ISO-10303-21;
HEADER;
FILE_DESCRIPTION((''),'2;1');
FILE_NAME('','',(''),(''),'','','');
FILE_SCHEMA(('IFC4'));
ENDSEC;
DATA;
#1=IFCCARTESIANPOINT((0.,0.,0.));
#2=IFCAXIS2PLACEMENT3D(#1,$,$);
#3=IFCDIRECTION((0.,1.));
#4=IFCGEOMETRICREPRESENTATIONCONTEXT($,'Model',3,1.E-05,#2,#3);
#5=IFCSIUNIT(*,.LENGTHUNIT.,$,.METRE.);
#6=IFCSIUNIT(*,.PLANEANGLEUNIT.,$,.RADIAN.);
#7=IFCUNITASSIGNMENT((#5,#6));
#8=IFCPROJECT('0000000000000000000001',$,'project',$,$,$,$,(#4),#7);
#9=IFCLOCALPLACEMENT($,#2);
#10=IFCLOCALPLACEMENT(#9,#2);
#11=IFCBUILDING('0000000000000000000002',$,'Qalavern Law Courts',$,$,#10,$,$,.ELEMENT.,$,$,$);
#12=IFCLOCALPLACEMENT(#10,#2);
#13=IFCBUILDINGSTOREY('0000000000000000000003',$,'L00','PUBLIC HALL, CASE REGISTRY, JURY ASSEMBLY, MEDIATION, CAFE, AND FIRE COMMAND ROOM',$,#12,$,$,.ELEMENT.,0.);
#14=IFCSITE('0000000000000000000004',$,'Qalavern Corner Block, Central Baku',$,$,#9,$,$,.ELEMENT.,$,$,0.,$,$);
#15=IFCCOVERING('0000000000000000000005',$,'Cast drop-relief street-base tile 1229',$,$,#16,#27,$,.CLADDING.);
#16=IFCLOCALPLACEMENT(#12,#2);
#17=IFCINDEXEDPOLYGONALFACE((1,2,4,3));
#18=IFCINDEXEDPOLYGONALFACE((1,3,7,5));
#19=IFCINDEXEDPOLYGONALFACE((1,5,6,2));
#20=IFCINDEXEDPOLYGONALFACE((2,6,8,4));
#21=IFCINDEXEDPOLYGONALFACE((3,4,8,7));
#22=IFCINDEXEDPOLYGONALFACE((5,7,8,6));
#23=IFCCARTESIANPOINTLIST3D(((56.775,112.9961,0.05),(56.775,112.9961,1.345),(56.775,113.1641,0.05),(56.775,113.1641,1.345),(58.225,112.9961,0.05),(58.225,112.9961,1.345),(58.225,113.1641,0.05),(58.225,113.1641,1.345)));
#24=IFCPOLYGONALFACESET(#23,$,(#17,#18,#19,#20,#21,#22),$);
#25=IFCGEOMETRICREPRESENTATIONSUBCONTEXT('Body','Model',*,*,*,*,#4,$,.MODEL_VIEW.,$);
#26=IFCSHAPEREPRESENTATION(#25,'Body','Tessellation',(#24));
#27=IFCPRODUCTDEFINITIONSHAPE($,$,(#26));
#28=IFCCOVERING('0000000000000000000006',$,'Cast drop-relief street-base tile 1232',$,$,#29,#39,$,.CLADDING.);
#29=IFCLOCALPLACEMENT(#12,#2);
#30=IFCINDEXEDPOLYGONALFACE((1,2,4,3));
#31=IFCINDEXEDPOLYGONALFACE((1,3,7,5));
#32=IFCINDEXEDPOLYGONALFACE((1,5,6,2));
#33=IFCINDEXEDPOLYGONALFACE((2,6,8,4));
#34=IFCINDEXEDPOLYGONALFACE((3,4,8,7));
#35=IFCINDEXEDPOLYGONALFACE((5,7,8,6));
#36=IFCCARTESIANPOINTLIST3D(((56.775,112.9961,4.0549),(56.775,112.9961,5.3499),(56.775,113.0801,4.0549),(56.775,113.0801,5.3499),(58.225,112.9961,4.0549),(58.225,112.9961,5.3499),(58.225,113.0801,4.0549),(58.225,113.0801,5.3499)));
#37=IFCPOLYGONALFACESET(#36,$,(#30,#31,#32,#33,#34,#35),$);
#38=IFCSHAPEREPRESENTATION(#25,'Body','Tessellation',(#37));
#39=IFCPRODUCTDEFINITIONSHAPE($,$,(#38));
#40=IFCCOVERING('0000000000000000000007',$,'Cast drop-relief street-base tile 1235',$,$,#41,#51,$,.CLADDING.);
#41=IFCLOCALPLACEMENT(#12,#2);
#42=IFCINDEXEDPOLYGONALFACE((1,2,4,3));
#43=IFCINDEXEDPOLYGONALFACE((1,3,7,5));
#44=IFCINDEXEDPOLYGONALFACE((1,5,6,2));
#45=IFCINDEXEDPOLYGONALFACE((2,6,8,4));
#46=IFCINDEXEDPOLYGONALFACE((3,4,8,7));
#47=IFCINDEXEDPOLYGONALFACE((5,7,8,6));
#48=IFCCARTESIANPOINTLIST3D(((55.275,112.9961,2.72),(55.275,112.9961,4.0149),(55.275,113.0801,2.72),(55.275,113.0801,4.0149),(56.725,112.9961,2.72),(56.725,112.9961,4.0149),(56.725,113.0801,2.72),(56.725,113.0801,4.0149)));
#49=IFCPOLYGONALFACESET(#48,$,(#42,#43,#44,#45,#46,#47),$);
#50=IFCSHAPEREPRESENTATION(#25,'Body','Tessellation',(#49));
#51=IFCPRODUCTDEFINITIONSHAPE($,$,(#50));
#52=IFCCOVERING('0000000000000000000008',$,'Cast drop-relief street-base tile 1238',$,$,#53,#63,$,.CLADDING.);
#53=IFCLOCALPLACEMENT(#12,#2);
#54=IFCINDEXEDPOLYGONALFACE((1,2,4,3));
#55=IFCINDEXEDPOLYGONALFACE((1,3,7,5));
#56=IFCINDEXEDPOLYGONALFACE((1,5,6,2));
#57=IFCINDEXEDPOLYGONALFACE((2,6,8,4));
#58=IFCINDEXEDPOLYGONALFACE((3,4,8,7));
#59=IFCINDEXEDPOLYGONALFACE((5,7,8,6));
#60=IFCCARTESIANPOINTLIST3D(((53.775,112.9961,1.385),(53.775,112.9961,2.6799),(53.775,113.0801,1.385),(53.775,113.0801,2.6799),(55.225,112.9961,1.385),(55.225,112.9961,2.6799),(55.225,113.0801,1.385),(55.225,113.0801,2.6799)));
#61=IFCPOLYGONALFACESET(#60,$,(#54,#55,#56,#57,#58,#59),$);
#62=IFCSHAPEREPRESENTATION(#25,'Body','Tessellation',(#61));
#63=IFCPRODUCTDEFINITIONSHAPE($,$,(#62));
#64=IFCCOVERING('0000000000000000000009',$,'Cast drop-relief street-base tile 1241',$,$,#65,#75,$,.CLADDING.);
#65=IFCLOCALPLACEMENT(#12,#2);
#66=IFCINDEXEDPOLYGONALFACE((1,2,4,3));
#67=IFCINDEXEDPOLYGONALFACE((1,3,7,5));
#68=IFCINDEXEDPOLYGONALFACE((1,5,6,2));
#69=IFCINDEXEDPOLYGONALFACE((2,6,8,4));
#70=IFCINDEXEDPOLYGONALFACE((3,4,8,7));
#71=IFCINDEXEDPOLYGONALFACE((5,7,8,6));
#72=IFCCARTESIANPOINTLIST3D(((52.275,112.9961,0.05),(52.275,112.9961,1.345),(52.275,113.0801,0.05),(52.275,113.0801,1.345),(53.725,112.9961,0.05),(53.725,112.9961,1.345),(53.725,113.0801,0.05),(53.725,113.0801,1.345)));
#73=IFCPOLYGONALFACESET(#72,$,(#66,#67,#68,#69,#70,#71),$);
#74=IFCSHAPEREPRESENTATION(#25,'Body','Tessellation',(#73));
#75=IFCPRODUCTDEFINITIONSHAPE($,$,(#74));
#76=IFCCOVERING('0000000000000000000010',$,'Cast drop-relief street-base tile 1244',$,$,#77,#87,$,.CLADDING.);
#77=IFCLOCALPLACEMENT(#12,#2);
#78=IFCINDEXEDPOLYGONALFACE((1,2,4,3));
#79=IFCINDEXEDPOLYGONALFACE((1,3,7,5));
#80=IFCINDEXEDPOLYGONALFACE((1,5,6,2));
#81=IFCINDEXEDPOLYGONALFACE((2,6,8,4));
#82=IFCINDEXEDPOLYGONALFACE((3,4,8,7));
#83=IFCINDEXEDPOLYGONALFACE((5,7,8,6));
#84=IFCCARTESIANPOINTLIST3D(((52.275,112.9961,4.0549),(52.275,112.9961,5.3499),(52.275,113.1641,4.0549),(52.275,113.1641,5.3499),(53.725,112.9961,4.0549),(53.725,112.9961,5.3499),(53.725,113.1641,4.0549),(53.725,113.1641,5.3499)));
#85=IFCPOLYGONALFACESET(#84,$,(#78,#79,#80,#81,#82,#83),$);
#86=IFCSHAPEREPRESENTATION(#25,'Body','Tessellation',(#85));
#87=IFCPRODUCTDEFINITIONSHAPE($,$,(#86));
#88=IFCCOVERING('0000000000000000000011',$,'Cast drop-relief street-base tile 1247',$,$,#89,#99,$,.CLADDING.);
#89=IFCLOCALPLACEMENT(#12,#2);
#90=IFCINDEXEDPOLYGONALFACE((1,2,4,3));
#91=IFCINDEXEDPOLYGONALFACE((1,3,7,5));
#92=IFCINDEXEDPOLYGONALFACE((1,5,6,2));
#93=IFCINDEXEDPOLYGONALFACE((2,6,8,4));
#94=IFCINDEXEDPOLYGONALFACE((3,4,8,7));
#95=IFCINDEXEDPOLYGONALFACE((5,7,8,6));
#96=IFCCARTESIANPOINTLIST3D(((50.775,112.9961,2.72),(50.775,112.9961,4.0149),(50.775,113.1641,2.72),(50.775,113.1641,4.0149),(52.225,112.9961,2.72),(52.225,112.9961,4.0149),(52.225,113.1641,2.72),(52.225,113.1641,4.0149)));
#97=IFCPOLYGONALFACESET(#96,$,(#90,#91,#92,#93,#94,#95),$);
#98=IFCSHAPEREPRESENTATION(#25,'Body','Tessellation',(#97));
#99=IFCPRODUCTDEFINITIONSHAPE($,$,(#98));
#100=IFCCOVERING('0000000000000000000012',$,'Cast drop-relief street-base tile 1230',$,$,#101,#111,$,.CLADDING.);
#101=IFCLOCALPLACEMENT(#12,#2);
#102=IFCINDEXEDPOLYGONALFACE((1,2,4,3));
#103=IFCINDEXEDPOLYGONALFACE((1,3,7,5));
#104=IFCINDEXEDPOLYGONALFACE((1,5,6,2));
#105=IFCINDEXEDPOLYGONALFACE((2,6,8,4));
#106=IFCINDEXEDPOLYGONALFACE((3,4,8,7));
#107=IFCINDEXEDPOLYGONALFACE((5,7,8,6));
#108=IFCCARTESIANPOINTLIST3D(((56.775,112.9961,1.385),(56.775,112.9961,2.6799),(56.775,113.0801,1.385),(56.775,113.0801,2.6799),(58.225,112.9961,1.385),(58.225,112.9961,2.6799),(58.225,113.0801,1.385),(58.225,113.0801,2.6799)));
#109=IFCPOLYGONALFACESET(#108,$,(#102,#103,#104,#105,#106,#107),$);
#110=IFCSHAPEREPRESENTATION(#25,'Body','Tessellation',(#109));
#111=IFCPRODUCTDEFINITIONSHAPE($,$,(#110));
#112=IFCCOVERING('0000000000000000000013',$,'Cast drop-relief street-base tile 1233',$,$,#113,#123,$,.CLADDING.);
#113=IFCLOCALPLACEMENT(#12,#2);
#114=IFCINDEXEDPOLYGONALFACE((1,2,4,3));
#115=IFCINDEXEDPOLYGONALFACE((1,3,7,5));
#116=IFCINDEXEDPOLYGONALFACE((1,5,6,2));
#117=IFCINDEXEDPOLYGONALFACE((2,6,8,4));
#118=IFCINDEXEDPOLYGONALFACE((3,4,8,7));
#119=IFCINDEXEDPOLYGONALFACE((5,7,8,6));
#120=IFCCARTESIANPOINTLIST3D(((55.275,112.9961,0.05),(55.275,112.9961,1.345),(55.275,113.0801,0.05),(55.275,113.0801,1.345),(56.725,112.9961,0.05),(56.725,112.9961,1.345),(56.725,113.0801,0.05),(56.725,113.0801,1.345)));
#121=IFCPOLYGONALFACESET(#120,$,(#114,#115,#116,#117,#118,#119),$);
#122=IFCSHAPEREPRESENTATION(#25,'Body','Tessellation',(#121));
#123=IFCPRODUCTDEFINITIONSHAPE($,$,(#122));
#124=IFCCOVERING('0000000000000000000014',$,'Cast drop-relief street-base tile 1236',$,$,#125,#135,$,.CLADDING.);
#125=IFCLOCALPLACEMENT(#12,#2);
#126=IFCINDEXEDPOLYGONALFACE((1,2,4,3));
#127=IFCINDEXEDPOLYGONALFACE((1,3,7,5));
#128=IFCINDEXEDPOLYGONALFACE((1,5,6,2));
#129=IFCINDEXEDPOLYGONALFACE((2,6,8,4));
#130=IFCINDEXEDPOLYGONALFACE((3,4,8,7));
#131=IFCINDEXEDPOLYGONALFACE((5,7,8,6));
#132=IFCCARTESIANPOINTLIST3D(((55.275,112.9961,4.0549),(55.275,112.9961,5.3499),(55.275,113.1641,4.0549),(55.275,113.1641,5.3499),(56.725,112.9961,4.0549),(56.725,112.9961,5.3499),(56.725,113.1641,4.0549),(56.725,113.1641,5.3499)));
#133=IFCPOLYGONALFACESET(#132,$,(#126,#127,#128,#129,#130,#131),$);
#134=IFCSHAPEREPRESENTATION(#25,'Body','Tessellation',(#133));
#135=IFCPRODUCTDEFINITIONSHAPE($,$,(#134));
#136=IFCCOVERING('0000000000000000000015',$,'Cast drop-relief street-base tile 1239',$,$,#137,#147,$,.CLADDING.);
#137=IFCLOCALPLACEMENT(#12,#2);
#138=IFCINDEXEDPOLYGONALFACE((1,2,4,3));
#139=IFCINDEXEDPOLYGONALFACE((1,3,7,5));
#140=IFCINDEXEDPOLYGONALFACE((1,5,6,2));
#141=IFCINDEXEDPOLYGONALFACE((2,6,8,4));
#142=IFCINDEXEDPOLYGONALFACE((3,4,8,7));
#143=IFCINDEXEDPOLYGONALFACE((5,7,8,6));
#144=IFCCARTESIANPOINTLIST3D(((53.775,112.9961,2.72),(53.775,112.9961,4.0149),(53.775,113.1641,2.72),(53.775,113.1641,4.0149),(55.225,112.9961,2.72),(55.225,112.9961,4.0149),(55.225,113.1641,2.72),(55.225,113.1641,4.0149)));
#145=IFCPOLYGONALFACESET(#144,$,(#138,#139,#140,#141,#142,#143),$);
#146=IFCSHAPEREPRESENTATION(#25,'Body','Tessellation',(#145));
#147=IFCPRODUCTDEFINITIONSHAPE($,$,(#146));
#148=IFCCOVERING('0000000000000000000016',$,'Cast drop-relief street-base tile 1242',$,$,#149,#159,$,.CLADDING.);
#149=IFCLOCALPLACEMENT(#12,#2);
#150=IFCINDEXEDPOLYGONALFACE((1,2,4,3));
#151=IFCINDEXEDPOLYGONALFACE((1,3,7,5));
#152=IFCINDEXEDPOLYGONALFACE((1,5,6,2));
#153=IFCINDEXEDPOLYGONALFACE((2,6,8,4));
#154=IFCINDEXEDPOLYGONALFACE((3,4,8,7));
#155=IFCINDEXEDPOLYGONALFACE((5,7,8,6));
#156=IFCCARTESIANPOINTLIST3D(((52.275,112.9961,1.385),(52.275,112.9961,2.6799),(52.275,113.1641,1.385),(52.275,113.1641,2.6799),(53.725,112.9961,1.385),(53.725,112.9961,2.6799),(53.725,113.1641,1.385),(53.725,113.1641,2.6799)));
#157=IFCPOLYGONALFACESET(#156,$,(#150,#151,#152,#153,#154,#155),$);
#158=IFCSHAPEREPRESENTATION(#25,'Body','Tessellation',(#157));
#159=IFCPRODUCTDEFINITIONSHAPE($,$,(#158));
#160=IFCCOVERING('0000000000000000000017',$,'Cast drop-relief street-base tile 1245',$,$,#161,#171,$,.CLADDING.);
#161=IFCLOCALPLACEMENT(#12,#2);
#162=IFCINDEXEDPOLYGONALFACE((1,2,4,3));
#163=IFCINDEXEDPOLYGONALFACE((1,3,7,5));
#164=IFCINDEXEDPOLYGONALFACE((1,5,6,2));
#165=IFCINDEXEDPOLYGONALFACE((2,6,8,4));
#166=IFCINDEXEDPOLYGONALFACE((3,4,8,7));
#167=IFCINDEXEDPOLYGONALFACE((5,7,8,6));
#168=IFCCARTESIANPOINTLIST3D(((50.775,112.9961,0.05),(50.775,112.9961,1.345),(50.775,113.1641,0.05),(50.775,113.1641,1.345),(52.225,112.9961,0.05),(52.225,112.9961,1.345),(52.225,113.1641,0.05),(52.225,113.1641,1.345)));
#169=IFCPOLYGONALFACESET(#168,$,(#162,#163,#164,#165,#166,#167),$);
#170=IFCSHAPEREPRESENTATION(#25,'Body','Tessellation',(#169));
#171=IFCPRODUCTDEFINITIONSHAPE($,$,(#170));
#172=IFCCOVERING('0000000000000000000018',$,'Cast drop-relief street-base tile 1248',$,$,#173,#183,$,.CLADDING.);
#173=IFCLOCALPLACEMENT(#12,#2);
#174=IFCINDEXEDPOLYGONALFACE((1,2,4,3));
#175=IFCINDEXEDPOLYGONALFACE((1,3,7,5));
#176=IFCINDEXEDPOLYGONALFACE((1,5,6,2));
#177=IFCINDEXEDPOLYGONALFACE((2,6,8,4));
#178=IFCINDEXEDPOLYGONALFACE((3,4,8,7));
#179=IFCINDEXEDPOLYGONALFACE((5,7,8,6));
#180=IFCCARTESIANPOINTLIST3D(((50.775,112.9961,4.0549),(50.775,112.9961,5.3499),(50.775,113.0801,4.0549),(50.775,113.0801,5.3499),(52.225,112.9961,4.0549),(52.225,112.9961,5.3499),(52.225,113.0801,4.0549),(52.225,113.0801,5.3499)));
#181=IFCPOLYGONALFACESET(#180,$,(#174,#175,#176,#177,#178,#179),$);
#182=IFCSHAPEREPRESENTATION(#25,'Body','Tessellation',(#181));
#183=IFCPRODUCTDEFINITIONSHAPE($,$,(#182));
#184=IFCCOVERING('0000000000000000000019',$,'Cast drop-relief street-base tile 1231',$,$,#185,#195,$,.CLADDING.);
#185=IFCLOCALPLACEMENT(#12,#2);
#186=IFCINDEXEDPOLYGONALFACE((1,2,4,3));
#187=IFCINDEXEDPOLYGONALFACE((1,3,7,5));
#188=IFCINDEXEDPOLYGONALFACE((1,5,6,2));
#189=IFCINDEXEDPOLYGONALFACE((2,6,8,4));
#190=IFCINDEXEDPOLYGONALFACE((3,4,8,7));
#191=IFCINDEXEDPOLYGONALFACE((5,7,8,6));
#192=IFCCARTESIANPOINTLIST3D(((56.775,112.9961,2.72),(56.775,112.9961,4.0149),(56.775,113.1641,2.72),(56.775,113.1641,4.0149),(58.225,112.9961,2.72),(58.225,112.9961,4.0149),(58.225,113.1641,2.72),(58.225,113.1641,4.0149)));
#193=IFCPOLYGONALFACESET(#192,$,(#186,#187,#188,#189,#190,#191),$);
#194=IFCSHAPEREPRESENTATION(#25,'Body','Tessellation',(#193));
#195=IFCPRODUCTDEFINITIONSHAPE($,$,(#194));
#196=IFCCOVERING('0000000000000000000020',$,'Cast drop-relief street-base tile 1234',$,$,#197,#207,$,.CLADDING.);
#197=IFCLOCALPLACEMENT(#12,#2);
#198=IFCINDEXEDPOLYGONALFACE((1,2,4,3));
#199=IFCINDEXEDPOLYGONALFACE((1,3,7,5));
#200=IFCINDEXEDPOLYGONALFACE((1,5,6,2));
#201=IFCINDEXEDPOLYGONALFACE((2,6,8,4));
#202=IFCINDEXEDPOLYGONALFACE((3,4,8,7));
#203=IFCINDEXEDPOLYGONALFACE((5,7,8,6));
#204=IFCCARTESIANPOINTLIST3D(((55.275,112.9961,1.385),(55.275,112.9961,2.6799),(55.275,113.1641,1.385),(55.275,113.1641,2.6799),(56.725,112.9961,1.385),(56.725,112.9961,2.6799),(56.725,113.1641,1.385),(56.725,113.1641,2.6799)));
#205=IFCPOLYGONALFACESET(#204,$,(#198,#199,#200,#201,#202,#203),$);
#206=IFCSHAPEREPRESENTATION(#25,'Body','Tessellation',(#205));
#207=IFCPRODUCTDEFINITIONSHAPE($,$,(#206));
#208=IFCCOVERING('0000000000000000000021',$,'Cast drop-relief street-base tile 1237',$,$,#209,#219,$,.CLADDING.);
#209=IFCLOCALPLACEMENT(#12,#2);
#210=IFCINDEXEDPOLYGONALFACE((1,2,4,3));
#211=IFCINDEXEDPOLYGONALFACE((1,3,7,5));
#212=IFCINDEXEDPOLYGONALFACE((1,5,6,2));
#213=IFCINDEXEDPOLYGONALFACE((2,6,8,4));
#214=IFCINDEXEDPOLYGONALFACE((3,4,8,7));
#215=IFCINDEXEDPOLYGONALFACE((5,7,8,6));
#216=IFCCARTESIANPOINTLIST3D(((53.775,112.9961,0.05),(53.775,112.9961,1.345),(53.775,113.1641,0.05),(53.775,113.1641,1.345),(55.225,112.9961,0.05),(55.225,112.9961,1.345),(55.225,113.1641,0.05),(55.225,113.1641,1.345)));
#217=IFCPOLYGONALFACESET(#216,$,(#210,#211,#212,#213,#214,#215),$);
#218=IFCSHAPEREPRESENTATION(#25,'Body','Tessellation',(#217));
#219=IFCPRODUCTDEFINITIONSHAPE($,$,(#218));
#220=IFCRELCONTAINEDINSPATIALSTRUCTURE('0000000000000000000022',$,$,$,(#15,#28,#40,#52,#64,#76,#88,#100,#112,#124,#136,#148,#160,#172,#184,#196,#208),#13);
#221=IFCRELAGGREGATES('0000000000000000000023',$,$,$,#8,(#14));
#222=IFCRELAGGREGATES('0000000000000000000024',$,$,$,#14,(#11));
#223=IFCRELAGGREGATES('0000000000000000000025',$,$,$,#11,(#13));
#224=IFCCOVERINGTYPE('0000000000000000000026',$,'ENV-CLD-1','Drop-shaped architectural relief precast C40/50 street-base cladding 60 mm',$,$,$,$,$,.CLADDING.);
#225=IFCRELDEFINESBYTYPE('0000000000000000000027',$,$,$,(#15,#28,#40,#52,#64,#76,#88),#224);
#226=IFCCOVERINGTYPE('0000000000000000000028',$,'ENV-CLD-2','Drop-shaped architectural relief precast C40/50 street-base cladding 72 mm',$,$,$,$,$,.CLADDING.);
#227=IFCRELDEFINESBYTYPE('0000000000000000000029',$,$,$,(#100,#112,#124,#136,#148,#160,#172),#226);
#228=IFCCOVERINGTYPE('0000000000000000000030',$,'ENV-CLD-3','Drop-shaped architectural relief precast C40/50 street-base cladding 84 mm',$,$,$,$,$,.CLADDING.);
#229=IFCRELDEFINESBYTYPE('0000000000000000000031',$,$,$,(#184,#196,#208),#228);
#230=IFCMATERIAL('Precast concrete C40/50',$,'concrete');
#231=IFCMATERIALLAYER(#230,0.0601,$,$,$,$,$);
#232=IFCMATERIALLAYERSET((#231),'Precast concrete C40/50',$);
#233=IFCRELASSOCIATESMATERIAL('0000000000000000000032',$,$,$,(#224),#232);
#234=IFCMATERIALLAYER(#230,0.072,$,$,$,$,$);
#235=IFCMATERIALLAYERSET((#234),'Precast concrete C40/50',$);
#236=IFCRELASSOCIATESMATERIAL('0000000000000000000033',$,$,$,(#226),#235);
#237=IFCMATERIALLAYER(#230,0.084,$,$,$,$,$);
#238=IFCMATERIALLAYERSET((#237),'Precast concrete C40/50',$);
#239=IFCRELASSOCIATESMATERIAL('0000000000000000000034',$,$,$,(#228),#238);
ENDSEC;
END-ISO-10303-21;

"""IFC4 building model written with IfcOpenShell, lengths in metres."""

from ifc_helpers import new_model, si_unit, direction, frame, origin, origin_2d, place, context, subcontext, project, spatial, rectangle, extrude, material, layer, layer_set, type_object, element, save


model = new_model("IFC4")

# Units and contexts
model_context = context("Model", 3, precision=1e-05, world=origin(), true_north=direction((0.0, 1.0)))
body_context = subcontext(model_context, "Body", "Model", "MODEL_VIEW")
ifc_project = project(units=[si_unit("LENGTHUNIT", "METRE"), si_unit("PLANEANGLEUNIT", "RADIAN")], contexts=[model_context])

# Site, building, storey
site_placement = place(None, origin())
site = spatial("IfcSite", under=ifc_project, at=site_placement, Name="Qalavern Corner Block, Central Baku", CompositionType="ELEMENT", RefElevation=0.0)
building_placement = place(site_placement, origin())
building = spatial("IfcBuilding", under=site, at=building_placement, Name="Qalavern Law Courts", CompositionType="ELEMENT")
storey_placement = place(building_placement, origin())
storey = spatial("IfcBuildingStorey", under=building, at=storey_placement, Name="L00", Description="PUBLIC HALL, CASE REGISTRY, JURY ASSEMBLY, MEDIATION, CAFE, AND FIRE COMMAND ROOM", CompositionType="ELEMENT", Elevation=0.0)

# Coverings
ifc_material = material(Name="Precast concrete C40/50", Category="concrete")
ifc_layer_1 = layer(ifc_material, 0.0601)
ifc_layer_set_1 = layer_set([ifc_layer_1], Name="Precast concrete C40/50")
covering_type_1 = type_object("IfcCoveringType", Name="ENV-CLD-1", Description="Drop-shaped architectural relief precast C40/50 street-base cladding 60 mm", PredefinedType="CLADDING", material=ifc_layer_set_1)
covering_1_placement = place(storey_placement, frame((57.5, 113.0801, 0.05), z_axis=(0.0, 0.0, 1.0), x_axis=(-1.0, 0.0, 0.0)))
element("IfcCovering", 1, at=covering_1_placement, inside=storey, type_object=covering_type_1, Name="Cast drop-relief street-base tile 1229", PredefinedType="CLADDING", context=body_context, shape_type="SweptSolid", body=[
    extrude(rectangle(XDim=1.45, YDim=0.168, at=origin_2d()), origin(), (0.0, 0.0, 1.0), 1.2949),
])
for number, where, z_axis, x_axis, name in (
    (2, (57.5, 113.0381, 4.0549), (0.0, 0.0, 1.0), (-1.0, 0.0, 0.0), "Cast drop-relief street-base tile 1232"),
    (3, (56.0, 113.0381, 2.72), (0.0, 0.0, 1.0), (-1.0, 0.0, 0.0), "Cast drop-relief street-base tile 1235"),
    (4, (54.5, 113.0381, 1.385), (0.0, 0.0, 1.0), (-1.0, 0.0, 0.0), "Cast drop-relief street-base tile 1238"),
    (5, (53.0, 113.0381, 0.05), (0.0, 0.0, 1.0), (-1.0, 0.0, 0.0), "Cast drop-relief street-base tile 1241"),
):
    element("IfcCovering", number, at=place(storey_placement, frame(where, z_axis=z_axis, x_axis=x_axis)), inside=storey, type_object=covering_type_1, Name=name, PredefinedType="CLADDING", context=body_context, shape_type="SweptSolid", body=[
        extrude(rectangle(XDim=1.45, YDim=0.084, at=origin_2d()), origin(), (0.0, 0.0, 1.0), 1.2949),
    ])
for number, where, z_axis, x_axis, name in (
    (6, (53.0, 113.0801, 4.0549), (0.0, 0.0, 1.0), (-1.0, 0.0, 0.0), "Cast drop-relief street-base tile 1244"),
    (7, (51.5, 113.0801, 2.72), (0.0, 0.0, 1.0), (-1.0, 0.0, 0.0), "Cast drop-relief street-base tile 1247"),
):
    element("IfcCovering", number, at=place(storey_placement, frame(where, z_axis=z_axis, x_axis=x_axis)), inside=storey, type_object=covering_type_1, Name=name, PredefinedType="CLADDING", context=body_context, shape_type="SweptSolid", body=[
        extrude(rectangle(XDim=1.45, YDim=0.168, at=origin_2d()), origin(), (0.0, 0.0, 1.0), 1.2949),
    ])
ifc_layer_2 = layer(ifc_material, 0.072)
ifc_layer_set_2 = layer_set([ifc_layer_2], Name="Precast concrete C40/50")
covering_type_2 = type_object("IfcCoveringType", Name="ENV-CLD-2", Description="Drop-shaped architectural relief precast C40/50 street-base cladding 72 mm", PredefinedType="CLADDING", material=ifc_layer_set_2)
for number, where, z_axis, x_axis, name in (
    (8, (57.5, 113.0381, 1.385), (0.0, 0.0, 1.0), (-1.0, 0.0, 0.0), "Cast drop-relief street-base tile 1230"),
    (9, (56.0, 113.0381, 0.05), (0.0, 0.0, 1.0), (-1.0, 0.0, 0.0), "Cast drop-relief street-base tile 1233"),
):
    element("IfcCovering", number, at=place(storey_placement, frame(where, z_axis=z_axis, x_axis=x_axis)), inside=storey, type_object=covering_type_2, Name=name, PredefinedType="CLADDING", context=body_context, shape_type="SweptSolid", body=[
        extrude(rectangle(XDim=1.45, YDim=0.084, at=origin_2d()), origin(), (0.0, 0.0, 1.0), 1.2949),
    ])
for number, where, z_axis, x_axis, name in (
    (10, (56.0, 113.0801, 4.0549), (0.0, 0.0, 1.0), (-1.0, 0.0, 0.0), "Cast drop-relief street-base tile 1236"),
    (11, (54.5, 113.0801, 2.72), (0.0, 0.0, 1.0), (-1.0, 0.0, 0.0), "Cast drop-relief street-base tile 1239"),
    (12, (53.0, 113.0801, 1.385), (0.0, 0.0, 1.0), (-1.0, 0.0, 0.0), "Cast drop-relief street-base tile 1242"),
    (13, (51.5, 113.0801, 0.05), (0.0, 0.0, 1.0), (-1.0, 0.0, 0.0), "Cast drop-relief street-base tile 1245"),
):
    element("IfcCovering", number, at=place(storey_placement, frame(where, z_axis=z_axis, x_axis=x_axis)), inside=storey, type_object=covering_type_2, Name=name, PredefinedType="CLADDING", context=body_context, shape_type="SweptSolid", body=[
        extrude(rectangle(XDim=1.45, YDim=0.168, at=origin_2d()), origin(), (0.0, 0.0, 1.0), 1.2949),
    ])
covering_2_placement = place(storey_placement, frame((51.5, 113.0381, 4.0549), z_axis=(0.0, 0.0, 1.0), x_axis=(-1.0, 0.0, 0.0)))
element("IfcCovering", 14, at=covering_2_placement, inside=storey, type_object=covering_type_2, Name="Cast drop-relief street-base tile 1248", PredefinedType="CLADDING", context=body_context, shape_type="SweptSolid", body=[
    extrude(rectangle(XDim=1.45, YDim=0.084, at=origin_2d()), origin(), (0.0, 0.0, 1.0), 1.2949),
])
ifc_layer_3 = layer(ifc_material, 0.084)
ifc_layer_set_3 = layer_set([ifc_layer_3], Name="Precast concrete C40/50")
covering_type_3 = type_object("IfcCoveringType", Name="ENV-CLD-3", Description="Drop-shaped architectural relief precast C40/50 street-base cladding 84 mm", PredefinedType="CLADDING", material=ifc_layer_set_3)
for number, where, z_axis, x_axis, name in (
    (15, (57.5, 113.0801, 2.72), (0.0, 0.0, 1.0), (-1.0, 0.0, 0.0), "Cast drop-relief street-base tile 1231"),
    (16, (56.0, 113.0801, 1.385), (0.0, 0.0, 1.0), (-1.0, 0.0, 0.0), "Cast drop-relief street-base tile 1234"),
    (17, (54.5, 113.0801, 0.05), (0.0, 0.0, 1.0), (-1.0, 0.0, 0.0), "Cast drop-relief street-base tile 1237"),
):
    element("IfcCovering", number, at=place(storey_placement, frame(where, z_axis=z_axis, x_axis=x_axis)), inside=storey, type_object=covering_type_3, Name=name, PredefinedType="CLADDING", context=body_context, shape_type="SweptSolid", body=[
        extrude(rectangle(XDim=1.45, YDim=0.168, at=origin_2d()), origin(), (0.0, 0.0, 1.0), 1.2949),
    ])

save(model, "model.ifc")
